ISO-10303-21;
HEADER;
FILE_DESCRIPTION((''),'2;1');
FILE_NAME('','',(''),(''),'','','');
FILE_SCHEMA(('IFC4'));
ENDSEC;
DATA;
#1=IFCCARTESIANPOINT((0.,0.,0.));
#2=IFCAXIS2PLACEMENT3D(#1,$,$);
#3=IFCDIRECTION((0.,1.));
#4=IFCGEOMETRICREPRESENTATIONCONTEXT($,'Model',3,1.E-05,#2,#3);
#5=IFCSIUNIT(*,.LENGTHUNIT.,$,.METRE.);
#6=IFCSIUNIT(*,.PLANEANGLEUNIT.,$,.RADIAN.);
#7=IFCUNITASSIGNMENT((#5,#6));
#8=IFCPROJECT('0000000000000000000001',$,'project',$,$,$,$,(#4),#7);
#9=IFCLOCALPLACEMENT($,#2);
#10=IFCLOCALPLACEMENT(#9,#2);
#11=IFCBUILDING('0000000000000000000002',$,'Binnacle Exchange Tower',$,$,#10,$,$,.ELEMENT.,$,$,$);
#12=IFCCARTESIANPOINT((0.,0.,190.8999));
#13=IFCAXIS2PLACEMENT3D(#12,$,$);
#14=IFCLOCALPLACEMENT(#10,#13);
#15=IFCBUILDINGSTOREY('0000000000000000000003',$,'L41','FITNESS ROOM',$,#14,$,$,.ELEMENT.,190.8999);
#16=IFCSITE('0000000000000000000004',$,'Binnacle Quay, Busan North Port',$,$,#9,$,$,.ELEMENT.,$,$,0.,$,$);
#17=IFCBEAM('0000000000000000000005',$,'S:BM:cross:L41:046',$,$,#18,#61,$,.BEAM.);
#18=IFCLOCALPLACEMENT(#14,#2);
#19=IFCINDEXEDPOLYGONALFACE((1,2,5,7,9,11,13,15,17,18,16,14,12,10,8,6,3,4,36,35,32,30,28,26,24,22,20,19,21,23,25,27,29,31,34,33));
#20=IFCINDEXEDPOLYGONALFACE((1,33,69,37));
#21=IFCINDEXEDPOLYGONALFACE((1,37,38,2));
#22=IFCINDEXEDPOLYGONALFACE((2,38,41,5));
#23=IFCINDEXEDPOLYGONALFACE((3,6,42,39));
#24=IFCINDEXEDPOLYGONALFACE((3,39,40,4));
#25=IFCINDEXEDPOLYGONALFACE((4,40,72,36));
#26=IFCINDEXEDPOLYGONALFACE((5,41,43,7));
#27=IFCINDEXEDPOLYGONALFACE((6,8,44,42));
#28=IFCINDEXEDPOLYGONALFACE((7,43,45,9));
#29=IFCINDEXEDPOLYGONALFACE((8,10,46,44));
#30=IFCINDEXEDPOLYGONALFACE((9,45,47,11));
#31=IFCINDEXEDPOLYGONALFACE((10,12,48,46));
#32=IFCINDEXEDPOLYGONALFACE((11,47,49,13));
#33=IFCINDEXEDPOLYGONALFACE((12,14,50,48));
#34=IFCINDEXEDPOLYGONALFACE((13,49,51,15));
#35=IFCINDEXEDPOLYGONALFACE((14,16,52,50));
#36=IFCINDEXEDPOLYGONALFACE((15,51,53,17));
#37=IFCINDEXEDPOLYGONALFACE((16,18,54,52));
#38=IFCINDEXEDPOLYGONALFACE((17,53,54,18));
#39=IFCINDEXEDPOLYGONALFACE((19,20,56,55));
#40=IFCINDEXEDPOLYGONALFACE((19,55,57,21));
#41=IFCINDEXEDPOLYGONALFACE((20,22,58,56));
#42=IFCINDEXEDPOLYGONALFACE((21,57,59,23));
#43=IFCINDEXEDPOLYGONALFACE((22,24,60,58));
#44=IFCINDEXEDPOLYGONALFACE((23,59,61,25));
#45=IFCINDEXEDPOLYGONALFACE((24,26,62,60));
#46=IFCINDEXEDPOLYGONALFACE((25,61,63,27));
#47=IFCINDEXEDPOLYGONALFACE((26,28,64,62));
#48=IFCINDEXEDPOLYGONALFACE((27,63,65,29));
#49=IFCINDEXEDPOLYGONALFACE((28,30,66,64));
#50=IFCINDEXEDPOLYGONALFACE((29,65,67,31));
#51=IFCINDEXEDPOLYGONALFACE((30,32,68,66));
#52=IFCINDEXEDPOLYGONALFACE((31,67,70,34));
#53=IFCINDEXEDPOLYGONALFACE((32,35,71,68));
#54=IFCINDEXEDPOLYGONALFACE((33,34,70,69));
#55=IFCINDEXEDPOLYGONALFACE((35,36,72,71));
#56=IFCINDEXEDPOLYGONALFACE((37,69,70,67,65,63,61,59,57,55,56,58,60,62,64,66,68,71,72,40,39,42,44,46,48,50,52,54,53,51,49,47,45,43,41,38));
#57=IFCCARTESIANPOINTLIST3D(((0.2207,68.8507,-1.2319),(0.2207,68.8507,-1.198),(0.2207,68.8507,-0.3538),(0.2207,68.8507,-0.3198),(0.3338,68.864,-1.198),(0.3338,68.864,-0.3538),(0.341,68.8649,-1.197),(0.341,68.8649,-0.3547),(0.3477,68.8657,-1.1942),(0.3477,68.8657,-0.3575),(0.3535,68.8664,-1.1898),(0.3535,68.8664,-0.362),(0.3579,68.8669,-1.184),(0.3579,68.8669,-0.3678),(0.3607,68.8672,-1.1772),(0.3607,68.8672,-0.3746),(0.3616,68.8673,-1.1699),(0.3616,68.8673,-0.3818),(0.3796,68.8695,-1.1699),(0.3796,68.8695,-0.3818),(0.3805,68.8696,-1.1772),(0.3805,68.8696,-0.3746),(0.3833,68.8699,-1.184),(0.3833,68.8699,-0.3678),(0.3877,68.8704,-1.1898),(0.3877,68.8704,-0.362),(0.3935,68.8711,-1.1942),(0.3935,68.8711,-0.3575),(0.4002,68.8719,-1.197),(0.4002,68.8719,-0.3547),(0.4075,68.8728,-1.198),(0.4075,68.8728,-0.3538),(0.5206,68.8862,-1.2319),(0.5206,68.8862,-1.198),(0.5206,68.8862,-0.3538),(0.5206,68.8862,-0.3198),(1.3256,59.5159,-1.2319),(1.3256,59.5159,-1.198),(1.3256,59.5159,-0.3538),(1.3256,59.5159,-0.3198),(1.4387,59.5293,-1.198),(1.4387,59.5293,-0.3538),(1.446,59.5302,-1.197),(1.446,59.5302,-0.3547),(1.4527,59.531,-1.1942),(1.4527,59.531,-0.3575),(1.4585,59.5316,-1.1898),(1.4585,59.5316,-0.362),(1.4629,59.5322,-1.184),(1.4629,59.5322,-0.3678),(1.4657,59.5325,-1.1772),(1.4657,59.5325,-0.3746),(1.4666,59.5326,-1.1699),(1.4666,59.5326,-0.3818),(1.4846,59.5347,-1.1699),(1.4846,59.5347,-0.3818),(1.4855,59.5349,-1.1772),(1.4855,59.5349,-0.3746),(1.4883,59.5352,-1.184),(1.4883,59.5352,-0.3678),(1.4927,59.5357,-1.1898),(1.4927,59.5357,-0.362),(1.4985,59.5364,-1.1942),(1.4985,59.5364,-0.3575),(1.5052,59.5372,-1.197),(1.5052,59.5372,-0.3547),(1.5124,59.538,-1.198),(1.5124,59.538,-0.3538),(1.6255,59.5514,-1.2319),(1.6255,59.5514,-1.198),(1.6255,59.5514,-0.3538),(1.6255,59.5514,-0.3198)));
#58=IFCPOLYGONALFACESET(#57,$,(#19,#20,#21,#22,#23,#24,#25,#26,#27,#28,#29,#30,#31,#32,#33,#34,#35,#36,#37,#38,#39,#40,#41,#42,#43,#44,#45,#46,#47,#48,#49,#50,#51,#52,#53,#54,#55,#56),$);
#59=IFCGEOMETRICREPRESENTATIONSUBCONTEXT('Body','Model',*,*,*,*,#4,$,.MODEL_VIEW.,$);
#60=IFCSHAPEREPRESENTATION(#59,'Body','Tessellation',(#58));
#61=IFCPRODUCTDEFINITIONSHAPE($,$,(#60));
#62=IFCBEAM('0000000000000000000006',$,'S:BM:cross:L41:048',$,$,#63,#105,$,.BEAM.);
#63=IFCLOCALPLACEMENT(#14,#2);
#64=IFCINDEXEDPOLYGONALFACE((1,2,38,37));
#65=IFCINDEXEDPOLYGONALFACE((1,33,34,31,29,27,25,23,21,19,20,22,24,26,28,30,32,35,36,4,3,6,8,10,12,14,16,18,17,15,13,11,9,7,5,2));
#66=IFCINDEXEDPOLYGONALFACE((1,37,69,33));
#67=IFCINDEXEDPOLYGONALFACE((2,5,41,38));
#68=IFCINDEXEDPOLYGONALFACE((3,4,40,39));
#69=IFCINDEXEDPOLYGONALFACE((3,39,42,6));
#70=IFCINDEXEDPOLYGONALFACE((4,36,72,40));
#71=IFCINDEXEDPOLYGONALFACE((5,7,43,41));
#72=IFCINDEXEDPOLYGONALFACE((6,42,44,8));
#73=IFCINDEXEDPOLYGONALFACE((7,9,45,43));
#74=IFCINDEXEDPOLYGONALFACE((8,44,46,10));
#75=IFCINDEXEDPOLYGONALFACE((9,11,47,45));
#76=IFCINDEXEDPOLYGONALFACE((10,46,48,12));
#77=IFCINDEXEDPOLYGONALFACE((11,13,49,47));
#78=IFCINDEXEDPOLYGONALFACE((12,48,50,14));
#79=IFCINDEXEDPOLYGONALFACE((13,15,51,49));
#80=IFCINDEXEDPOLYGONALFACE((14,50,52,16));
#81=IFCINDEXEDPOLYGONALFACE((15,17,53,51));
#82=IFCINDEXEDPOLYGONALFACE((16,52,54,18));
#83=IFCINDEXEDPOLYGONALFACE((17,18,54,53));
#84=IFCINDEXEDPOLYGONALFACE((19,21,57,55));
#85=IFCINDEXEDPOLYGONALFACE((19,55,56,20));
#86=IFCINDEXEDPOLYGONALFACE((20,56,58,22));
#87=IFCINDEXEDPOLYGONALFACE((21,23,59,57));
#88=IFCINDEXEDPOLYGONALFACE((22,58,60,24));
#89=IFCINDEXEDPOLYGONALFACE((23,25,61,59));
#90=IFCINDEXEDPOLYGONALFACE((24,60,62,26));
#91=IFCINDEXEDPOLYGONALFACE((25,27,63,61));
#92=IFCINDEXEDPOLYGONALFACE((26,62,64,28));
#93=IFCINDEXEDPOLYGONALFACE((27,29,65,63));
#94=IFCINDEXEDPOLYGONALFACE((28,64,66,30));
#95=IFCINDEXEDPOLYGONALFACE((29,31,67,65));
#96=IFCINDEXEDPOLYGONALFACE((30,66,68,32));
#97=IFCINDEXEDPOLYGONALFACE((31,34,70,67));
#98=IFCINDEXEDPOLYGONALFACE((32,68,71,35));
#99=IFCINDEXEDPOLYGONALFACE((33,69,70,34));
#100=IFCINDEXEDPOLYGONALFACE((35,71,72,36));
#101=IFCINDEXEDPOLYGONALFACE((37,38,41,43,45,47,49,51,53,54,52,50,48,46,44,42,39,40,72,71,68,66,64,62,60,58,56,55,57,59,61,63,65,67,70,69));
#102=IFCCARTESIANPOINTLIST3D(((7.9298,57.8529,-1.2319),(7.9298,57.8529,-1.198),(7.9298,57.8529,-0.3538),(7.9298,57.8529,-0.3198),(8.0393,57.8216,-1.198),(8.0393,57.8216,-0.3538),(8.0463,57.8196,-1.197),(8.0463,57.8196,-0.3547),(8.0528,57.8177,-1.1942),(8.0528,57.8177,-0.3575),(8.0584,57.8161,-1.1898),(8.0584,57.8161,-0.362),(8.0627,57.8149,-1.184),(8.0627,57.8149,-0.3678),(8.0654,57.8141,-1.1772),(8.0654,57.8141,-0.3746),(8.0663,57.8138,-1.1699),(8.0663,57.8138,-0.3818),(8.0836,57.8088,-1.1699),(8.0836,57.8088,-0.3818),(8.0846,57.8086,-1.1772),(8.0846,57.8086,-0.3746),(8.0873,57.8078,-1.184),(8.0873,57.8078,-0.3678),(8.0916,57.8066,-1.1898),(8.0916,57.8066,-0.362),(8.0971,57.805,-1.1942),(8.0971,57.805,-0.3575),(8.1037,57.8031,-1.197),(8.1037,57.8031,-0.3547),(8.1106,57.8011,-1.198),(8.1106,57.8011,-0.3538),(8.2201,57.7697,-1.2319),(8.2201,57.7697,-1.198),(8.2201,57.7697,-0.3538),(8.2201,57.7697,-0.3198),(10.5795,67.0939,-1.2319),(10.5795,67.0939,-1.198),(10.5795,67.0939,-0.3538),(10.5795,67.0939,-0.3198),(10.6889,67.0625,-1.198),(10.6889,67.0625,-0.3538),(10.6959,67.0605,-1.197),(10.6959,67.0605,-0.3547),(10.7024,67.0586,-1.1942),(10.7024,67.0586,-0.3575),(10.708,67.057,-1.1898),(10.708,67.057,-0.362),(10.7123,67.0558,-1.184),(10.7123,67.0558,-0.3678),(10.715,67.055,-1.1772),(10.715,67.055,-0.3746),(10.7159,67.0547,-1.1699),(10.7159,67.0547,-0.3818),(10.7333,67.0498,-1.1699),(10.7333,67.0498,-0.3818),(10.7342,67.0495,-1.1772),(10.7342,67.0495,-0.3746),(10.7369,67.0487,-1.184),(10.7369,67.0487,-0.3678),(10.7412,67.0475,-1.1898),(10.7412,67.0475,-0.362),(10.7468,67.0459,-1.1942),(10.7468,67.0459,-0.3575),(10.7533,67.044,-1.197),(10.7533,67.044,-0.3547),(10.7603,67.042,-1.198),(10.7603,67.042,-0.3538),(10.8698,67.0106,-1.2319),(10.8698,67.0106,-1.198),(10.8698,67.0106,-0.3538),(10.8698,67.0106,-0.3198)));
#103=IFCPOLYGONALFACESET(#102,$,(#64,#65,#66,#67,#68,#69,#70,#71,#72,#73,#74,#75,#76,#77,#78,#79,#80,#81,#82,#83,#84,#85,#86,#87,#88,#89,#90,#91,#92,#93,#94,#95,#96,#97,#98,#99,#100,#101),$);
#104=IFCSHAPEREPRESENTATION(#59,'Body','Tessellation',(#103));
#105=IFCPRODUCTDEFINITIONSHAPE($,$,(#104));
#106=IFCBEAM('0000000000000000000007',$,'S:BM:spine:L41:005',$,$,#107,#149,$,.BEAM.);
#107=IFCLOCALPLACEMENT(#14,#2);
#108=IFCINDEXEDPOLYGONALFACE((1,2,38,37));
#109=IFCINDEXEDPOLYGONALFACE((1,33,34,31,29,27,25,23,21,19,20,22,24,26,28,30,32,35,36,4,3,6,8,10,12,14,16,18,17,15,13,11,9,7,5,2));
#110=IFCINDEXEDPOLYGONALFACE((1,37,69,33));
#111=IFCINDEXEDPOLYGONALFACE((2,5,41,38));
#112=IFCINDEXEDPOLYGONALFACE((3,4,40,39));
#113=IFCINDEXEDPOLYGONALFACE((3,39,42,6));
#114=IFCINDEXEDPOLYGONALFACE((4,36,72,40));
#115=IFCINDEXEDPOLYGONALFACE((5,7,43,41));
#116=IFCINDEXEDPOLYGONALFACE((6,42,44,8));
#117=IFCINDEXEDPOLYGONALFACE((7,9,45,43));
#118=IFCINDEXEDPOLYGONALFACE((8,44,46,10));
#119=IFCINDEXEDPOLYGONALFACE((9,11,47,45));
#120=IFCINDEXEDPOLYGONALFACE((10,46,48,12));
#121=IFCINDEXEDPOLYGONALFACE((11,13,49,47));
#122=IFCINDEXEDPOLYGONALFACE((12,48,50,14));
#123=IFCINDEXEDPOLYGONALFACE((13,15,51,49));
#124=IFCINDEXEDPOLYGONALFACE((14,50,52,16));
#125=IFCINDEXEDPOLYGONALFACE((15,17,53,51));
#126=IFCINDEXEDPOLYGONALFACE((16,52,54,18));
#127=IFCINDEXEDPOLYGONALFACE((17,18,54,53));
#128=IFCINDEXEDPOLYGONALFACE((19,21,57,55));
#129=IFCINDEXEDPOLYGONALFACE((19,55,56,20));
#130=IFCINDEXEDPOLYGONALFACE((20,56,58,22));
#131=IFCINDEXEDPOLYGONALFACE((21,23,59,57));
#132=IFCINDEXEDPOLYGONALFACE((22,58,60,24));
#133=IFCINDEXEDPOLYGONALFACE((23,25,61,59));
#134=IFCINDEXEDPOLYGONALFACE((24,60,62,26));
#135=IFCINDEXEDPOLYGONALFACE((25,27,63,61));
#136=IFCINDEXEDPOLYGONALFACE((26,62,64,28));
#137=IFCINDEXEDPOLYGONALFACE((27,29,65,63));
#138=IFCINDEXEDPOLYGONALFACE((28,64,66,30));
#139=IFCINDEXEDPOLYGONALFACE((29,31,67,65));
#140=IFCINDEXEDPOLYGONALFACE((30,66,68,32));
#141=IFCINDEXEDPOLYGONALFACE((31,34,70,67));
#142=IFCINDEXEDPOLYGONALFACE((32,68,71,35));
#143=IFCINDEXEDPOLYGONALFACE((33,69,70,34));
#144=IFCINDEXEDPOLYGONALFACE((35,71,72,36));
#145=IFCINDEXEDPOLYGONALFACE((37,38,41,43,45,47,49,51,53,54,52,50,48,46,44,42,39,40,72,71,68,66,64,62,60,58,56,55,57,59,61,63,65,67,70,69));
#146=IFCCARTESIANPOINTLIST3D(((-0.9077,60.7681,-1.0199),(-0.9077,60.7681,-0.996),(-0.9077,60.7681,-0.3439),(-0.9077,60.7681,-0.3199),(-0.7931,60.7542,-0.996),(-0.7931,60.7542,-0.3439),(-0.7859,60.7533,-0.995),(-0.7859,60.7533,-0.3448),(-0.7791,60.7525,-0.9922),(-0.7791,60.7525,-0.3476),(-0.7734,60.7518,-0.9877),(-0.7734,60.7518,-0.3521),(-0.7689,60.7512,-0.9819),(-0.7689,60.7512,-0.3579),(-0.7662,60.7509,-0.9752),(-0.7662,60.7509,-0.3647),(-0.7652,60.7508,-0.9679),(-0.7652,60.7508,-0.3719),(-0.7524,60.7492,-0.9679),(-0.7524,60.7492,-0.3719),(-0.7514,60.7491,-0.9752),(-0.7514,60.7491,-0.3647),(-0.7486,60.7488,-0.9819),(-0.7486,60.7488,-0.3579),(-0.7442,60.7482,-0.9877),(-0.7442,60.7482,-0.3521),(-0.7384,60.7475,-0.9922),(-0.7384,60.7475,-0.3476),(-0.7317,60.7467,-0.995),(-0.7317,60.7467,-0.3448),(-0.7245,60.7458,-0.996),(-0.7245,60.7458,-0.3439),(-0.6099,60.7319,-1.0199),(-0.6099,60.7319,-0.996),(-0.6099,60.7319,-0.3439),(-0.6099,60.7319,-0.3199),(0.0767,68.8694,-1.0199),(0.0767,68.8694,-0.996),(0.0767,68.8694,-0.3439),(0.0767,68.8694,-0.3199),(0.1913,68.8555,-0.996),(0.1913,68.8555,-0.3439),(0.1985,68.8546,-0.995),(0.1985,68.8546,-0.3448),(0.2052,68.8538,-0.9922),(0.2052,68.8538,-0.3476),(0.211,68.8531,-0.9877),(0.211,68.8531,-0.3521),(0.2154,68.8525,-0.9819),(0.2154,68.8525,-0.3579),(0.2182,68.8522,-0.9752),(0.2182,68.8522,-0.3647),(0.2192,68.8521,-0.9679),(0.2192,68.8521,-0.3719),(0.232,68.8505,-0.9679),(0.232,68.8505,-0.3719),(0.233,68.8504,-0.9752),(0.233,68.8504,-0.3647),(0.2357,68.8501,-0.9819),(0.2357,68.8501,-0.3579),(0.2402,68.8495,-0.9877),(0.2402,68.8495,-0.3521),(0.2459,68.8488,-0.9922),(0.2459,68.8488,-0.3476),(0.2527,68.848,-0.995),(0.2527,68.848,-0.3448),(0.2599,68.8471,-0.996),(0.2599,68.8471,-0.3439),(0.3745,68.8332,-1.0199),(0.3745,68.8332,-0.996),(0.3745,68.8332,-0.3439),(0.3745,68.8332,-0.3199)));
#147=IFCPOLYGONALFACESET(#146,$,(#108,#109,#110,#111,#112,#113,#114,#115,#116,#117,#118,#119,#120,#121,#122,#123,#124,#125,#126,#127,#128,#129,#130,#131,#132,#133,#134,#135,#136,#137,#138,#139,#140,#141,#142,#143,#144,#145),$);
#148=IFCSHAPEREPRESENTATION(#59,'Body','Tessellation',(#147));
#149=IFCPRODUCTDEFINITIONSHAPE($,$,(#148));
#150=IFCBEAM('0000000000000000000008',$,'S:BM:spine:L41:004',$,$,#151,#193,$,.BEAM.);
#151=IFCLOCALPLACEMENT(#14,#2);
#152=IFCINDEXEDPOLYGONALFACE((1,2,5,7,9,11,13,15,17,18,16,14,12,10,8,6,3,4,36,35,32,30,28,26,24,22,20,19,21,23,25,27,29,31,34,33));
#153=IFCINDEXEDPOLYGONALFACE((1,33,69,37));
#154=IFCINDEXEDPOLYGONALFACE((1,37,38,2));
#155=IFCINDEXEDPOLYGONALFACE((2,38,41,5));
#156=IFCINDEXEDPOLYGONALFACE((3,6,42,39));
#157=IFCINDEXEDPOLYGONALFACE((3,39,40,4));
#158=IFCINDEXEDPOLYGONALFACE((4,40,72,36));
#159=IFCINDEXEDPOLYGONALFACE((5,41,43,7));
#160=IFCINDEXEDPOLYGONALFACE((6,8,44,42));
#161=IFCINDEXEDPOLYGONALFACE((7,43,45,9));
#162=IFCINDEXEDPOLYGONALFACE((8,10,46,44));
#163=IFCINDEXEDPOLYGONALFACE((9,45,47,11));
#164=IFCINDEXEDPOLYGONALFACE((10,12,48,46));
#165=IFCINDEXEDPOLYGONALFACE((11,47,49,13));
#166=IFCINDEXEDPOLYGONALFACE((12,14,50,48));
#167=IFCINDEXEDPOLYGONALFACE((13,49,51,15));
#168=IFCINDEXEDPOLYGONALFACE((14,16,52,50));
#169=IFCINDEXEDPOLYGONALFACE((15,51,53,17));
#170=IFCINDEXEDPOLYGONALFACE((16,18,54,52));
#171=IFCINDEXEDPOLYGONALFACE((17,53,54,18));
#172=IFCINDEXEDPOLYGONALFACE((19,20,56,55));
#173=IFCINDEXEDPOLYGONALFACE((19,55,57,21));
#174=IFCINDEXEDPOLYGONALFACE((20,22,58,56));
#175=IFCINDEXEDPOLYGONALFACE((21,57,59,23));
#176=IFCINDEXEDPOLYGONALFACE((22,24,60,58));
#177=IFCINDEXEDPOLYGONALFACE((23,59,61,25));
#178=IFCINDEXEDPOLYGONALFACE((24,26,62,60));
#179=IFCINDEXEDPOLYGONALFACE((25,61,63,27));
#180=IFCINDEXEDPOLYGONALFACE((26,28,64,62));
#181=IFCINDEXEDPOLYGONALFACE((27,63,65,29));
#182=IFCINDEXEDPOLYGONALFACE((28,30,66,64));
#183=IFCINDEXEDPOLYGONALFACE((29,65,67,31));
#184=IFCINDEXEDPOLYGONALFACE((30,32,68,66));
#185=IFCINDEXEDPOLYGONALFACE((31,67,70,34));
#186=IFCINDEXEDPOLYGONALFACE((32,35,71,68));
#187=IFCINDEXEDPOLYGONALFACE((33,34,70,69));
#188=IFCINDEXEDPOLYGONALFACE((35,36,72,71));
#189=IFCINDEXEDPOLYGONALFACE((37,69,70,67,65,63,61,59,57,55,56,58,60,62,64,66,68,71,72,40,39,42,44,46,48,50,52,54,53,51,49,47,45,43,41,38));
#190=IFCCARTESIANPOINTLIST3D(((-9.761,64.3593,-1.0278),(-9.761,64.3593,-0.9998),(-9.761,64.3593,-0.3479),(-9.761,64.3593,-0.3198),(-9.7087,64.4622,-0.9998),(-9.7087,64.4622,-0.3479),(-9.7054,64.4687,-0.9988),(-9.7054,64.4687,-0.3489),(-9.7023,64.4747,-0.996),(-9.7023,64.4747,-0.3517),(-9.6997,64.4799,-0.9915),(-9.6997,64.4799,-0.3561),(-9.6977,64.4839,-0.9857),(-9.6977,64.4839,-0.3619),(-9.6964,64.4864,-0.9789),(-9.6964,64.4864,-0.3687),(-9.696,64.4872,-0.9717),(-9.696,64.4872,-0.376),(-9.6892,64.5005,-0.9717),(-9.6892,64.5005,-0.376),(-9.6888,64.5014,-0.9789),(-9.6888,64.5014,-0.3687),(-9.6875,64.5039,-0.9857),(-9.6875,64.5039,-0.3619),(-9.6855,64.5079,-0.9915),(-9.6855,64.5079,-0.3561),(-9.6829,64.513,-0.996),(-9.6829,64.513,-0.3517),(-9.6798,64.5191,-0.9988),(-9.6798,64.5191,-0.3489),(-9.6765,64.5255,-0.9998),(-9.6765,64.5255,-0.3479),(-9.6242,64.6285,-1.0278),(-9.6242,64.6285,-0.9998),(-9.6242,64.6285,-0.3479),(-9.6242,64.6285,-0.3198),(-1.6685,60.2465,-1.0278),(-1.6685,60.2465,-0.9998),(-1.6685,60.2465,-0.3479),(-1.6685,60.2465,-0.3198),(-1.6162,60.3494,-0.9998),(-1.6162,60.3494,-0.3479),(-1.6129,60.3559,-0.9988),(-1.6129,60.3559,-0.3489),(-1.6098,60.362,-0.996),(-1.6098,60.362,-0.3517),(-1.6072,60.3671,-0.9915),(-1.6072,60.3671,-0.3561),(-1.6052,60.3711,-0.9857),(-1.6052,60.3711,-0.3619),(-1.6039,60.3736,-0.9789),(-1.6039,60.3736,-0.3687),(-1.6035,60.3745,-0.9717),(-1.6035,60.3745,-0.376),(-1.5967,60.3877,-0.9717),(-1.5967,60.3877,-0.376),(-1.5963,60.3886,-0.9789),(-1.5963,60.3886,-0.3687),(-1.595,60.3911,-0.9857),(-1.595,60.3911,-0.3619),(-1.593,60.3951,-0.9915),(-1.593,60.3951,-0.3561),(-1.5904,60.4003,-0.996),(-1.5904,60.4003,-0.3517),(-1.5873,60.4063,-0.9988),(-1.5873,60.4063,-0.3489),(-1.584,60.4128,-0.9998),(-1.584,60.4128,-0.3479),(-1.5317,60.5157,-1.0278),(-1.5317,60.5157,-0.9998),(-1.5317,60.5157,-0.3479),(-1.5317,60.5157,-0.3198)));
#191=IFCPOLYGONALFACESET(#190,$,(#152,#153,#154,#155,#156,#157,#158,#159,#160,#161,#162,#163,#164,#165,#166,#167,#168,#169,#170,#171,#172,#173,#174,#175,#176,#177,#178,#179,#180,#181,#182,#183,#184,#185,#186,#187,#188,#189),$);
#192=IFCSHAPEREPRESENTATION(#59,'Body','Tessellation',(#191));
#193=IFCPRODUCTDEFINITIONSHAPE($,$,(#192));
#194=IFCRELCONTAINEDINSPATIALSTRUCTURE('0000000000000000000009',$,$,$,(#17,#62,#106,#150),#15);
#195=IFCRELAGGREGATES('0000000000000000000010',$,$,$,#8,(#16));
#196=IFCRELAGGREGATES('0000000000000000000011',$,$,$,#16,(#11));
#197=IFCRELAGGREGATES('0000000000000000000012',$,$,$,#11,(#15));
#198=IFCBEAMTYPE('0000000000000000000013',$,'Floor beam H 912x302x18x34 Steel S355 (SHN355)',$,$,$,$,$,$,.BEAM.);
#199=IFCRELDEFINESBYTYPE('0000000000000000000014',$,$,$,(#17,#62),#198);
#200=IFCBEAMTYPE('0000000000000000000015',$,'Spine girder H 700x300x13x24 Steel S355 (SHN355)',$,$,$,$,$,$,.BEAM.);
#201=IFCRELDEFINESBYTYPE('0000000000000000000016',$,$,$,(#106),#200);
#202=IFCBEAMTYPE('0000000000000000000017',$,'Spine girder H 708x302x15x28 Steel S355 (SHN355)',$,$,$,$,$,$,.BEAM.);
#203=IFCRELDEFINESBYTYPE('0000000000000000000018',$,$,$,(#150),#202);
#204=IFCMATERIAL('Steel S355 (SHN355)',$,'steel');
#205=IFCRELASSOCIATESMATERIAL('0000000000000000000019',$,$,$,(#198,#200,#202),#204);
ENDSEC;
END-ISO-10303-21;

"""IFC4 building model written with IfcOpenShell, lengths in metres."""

from ifc_helpers import new_model, si_unit, direction, frame, origin, origin_2d, place, context, subcontext, project, spatial, i_section, extrude, material, material_profile, profile_set, type_object, element, save


model = new_model("IFC4")

# Units and contexts
model_context = context("Model", 3, precision=1e-05, world=origin(), true_north=direction((0.0, 1.0)))
body_context = subcontext(model_context, "Body", "Model", "MODEL_VIEW")
ifc_project = project(units=[si_unit("LENGTHUNIT", "METRE"), si_unit("PLANEANGLEUNIT", "RADIAN")], contexts=[model_context])

# Site, building, storey
site_placement = place(None, origin())
site = spatial("IfcSite", under=ifc_project, at=site_placement, Name="Binnacle Quay, Busan North Port", CompositionType="ELEMENT", RefElevation=0.0)
building_placement = place(site_placement, origin())
building = spatial("IfcBuilding", under=site, at=building_placement, Name="Binnacle Exchange Tower", CompositionType="ELEMENT")
storey_placement = place(building_placement, frame((0.0, 0.0, 190.8999)))
storey = spatial("IfcBuildingStorey", under=building, at=storey_placement, Name="L41", Description="FITNESS ROOM", CompositionType="ELEMENT", Elevation=190.8999)

# Beams
ifc_material_1 = material(Name="Steel S355 (SHN355)", Category="steel")
ifc_material_profile_1 = material_profile(ifc_material_1, i_section(OverallWidth=0.302, OverallDepth=0.9121, WebThickness=0.0181, FlangeThickness=0.0339, FilletRadius=0.0281, at=origin_2d()), Name="H 912x302x18x34")
ifc_profile_set_1 = profile_set([ifc_material_profile_1], Name="Steel S355 (SHN355)")
beam_type_1 = type_object("IfcBeamType", Name="Floor beam H 912x302x18x34 Steel S355 (SHN355)", PredefinedType="BEAM", material=ifc_profile_set_1)
beam_1_placement = place(storey_placement, frame((0.3706, 68.8684, -0.7759), z_axis=(0.117552, -0.993067, 0.0), x_axis=(0.993067, 0.117552, 0.0)))
element("IfcBeam", 1, at=beam_1_placement, inside=storey, type_object=beam_type_1, Name="S:BM:cross:L41:046", PredefinedType="BEAM", context=body_context, shape_type="SweptSolid", body=[
    extrude(i_section(OverallWidth=0.302, OverallDepth=0.9121, WebThickness=0.0181, FlangeThickness=0.0339, FilletRadius=0.0281, at=origin_2d()), origin(), (0.0, 0.0, 1.0), 9.3999),
])
beam_2_placement = place(storey_placement, frame((10.7246, 67.0522, -0.7759), z_axis=(-0.275623, -0.961266, 0.0), x_axis=(0.961266, -0.275623, 0.0)))
element("IfcBeam", 2, at=beam_2_placement, inside=storey, type_object=beam_type_1, Name="S:BM:cross:L41:048", PredefinedType="BEAM", context=body_context, shape_type="SweptSolid", body=[
    extrude(i_section(OverallWidth=0.302, OverallDepth=0.9121, WebThickness=0.0181, FlangeThickness=0.0339, FilletRadius=0.0281, at=origin_2d()), origin(), (0.0, 0.0, 1.0), 9.6133),
])
ifc_material_profile_2 = material_profile(ifc_material_1, i_section(OverallWidth=0.3, OverallDepth=0.7, WebThickness=0.0129, FlangeThickness=0.0239, FilletRadius=0.0281, at=origin_2d()), Name="H 700x300x13x24")
ifc_profile_set_2 = profile_set([ifc_material_profile_2], Name="Steel S355 (SHN355)")
beam_type_2 = type_object("IfcBeamType", Name="Spine girder H 700x300x13x24 Steel S355 (SHN355)", PredefinedType="BEAM", material=ifc_profile_set_2)
beam_3_placement = place(storey_placement, frame((-0.7588, 60.75, -0.6699), z_axis=(0.120621, 0.992699, 0.0), x_axis=(-0.992699, 0.120621, 0.0)))
element("IfcBeam", 3, at=beam_3_placement, inside=storey, type_object=beam_type_2, Name="S:BM:spine:L41:005", PredefinedType="BEAM", context=body_context, shape_type="SweptSolid", body=[
    extrude(i_section(OverallWidth=0.3, OverallDepth=0.7, WebThickness=0.0129, FlangeThickness=0.0239, FilletRadius=0.0281, at=origin_2d()), origin(), (0.0, 0.0, 1.0), 8.1609),
])
ifc_material_profile_3 = material_profile(ifc_material_1, i_section(OverallWidth=0.302, OverallDepth=0.708, WebThickness=0.0149, FlangeThickness=0.0281, FilletRadius=0.0281, at=origin_2d()), Name="H 708x302x15x28")
ifc_profile_set_3 = profile_set([ifc_material_profile_3], Name="Steel S355 (SHN355)")
beam_type_3 = type_object("IfcBeamType", Name="Spine girder H 708x302x15x28 Steel S355 (SHN355)", PredefinedType="BEAM", material=ifc_profile_set_3)
beam_4_placement = place(storey_placement, frame((-1.6001, 60.3811, -0.6738), z_axis=(-0.891476, 0.453067, 0.0), x_axis=(-0.453067, -0.891476, 0.0)))
element("IfcBeam", 4, at=beam_4_placement, inside=storey, type_object=beam_type_3, Name="S:BM:spine:L41:004", PredefinedType="BEAM", context=body_context, shape_type="SweptSolid", body=[
    extrude(i_section(OverallWidth=0.302, OverallDepth=0.708, WebThickness=0.0149, FlangeThickness=0.0281, FilletRadius=0.0281, at=origin_2d()), origin(), (0.0, 0.0, 1.0), 9.0776),
])

save(model, "model.ifc")
